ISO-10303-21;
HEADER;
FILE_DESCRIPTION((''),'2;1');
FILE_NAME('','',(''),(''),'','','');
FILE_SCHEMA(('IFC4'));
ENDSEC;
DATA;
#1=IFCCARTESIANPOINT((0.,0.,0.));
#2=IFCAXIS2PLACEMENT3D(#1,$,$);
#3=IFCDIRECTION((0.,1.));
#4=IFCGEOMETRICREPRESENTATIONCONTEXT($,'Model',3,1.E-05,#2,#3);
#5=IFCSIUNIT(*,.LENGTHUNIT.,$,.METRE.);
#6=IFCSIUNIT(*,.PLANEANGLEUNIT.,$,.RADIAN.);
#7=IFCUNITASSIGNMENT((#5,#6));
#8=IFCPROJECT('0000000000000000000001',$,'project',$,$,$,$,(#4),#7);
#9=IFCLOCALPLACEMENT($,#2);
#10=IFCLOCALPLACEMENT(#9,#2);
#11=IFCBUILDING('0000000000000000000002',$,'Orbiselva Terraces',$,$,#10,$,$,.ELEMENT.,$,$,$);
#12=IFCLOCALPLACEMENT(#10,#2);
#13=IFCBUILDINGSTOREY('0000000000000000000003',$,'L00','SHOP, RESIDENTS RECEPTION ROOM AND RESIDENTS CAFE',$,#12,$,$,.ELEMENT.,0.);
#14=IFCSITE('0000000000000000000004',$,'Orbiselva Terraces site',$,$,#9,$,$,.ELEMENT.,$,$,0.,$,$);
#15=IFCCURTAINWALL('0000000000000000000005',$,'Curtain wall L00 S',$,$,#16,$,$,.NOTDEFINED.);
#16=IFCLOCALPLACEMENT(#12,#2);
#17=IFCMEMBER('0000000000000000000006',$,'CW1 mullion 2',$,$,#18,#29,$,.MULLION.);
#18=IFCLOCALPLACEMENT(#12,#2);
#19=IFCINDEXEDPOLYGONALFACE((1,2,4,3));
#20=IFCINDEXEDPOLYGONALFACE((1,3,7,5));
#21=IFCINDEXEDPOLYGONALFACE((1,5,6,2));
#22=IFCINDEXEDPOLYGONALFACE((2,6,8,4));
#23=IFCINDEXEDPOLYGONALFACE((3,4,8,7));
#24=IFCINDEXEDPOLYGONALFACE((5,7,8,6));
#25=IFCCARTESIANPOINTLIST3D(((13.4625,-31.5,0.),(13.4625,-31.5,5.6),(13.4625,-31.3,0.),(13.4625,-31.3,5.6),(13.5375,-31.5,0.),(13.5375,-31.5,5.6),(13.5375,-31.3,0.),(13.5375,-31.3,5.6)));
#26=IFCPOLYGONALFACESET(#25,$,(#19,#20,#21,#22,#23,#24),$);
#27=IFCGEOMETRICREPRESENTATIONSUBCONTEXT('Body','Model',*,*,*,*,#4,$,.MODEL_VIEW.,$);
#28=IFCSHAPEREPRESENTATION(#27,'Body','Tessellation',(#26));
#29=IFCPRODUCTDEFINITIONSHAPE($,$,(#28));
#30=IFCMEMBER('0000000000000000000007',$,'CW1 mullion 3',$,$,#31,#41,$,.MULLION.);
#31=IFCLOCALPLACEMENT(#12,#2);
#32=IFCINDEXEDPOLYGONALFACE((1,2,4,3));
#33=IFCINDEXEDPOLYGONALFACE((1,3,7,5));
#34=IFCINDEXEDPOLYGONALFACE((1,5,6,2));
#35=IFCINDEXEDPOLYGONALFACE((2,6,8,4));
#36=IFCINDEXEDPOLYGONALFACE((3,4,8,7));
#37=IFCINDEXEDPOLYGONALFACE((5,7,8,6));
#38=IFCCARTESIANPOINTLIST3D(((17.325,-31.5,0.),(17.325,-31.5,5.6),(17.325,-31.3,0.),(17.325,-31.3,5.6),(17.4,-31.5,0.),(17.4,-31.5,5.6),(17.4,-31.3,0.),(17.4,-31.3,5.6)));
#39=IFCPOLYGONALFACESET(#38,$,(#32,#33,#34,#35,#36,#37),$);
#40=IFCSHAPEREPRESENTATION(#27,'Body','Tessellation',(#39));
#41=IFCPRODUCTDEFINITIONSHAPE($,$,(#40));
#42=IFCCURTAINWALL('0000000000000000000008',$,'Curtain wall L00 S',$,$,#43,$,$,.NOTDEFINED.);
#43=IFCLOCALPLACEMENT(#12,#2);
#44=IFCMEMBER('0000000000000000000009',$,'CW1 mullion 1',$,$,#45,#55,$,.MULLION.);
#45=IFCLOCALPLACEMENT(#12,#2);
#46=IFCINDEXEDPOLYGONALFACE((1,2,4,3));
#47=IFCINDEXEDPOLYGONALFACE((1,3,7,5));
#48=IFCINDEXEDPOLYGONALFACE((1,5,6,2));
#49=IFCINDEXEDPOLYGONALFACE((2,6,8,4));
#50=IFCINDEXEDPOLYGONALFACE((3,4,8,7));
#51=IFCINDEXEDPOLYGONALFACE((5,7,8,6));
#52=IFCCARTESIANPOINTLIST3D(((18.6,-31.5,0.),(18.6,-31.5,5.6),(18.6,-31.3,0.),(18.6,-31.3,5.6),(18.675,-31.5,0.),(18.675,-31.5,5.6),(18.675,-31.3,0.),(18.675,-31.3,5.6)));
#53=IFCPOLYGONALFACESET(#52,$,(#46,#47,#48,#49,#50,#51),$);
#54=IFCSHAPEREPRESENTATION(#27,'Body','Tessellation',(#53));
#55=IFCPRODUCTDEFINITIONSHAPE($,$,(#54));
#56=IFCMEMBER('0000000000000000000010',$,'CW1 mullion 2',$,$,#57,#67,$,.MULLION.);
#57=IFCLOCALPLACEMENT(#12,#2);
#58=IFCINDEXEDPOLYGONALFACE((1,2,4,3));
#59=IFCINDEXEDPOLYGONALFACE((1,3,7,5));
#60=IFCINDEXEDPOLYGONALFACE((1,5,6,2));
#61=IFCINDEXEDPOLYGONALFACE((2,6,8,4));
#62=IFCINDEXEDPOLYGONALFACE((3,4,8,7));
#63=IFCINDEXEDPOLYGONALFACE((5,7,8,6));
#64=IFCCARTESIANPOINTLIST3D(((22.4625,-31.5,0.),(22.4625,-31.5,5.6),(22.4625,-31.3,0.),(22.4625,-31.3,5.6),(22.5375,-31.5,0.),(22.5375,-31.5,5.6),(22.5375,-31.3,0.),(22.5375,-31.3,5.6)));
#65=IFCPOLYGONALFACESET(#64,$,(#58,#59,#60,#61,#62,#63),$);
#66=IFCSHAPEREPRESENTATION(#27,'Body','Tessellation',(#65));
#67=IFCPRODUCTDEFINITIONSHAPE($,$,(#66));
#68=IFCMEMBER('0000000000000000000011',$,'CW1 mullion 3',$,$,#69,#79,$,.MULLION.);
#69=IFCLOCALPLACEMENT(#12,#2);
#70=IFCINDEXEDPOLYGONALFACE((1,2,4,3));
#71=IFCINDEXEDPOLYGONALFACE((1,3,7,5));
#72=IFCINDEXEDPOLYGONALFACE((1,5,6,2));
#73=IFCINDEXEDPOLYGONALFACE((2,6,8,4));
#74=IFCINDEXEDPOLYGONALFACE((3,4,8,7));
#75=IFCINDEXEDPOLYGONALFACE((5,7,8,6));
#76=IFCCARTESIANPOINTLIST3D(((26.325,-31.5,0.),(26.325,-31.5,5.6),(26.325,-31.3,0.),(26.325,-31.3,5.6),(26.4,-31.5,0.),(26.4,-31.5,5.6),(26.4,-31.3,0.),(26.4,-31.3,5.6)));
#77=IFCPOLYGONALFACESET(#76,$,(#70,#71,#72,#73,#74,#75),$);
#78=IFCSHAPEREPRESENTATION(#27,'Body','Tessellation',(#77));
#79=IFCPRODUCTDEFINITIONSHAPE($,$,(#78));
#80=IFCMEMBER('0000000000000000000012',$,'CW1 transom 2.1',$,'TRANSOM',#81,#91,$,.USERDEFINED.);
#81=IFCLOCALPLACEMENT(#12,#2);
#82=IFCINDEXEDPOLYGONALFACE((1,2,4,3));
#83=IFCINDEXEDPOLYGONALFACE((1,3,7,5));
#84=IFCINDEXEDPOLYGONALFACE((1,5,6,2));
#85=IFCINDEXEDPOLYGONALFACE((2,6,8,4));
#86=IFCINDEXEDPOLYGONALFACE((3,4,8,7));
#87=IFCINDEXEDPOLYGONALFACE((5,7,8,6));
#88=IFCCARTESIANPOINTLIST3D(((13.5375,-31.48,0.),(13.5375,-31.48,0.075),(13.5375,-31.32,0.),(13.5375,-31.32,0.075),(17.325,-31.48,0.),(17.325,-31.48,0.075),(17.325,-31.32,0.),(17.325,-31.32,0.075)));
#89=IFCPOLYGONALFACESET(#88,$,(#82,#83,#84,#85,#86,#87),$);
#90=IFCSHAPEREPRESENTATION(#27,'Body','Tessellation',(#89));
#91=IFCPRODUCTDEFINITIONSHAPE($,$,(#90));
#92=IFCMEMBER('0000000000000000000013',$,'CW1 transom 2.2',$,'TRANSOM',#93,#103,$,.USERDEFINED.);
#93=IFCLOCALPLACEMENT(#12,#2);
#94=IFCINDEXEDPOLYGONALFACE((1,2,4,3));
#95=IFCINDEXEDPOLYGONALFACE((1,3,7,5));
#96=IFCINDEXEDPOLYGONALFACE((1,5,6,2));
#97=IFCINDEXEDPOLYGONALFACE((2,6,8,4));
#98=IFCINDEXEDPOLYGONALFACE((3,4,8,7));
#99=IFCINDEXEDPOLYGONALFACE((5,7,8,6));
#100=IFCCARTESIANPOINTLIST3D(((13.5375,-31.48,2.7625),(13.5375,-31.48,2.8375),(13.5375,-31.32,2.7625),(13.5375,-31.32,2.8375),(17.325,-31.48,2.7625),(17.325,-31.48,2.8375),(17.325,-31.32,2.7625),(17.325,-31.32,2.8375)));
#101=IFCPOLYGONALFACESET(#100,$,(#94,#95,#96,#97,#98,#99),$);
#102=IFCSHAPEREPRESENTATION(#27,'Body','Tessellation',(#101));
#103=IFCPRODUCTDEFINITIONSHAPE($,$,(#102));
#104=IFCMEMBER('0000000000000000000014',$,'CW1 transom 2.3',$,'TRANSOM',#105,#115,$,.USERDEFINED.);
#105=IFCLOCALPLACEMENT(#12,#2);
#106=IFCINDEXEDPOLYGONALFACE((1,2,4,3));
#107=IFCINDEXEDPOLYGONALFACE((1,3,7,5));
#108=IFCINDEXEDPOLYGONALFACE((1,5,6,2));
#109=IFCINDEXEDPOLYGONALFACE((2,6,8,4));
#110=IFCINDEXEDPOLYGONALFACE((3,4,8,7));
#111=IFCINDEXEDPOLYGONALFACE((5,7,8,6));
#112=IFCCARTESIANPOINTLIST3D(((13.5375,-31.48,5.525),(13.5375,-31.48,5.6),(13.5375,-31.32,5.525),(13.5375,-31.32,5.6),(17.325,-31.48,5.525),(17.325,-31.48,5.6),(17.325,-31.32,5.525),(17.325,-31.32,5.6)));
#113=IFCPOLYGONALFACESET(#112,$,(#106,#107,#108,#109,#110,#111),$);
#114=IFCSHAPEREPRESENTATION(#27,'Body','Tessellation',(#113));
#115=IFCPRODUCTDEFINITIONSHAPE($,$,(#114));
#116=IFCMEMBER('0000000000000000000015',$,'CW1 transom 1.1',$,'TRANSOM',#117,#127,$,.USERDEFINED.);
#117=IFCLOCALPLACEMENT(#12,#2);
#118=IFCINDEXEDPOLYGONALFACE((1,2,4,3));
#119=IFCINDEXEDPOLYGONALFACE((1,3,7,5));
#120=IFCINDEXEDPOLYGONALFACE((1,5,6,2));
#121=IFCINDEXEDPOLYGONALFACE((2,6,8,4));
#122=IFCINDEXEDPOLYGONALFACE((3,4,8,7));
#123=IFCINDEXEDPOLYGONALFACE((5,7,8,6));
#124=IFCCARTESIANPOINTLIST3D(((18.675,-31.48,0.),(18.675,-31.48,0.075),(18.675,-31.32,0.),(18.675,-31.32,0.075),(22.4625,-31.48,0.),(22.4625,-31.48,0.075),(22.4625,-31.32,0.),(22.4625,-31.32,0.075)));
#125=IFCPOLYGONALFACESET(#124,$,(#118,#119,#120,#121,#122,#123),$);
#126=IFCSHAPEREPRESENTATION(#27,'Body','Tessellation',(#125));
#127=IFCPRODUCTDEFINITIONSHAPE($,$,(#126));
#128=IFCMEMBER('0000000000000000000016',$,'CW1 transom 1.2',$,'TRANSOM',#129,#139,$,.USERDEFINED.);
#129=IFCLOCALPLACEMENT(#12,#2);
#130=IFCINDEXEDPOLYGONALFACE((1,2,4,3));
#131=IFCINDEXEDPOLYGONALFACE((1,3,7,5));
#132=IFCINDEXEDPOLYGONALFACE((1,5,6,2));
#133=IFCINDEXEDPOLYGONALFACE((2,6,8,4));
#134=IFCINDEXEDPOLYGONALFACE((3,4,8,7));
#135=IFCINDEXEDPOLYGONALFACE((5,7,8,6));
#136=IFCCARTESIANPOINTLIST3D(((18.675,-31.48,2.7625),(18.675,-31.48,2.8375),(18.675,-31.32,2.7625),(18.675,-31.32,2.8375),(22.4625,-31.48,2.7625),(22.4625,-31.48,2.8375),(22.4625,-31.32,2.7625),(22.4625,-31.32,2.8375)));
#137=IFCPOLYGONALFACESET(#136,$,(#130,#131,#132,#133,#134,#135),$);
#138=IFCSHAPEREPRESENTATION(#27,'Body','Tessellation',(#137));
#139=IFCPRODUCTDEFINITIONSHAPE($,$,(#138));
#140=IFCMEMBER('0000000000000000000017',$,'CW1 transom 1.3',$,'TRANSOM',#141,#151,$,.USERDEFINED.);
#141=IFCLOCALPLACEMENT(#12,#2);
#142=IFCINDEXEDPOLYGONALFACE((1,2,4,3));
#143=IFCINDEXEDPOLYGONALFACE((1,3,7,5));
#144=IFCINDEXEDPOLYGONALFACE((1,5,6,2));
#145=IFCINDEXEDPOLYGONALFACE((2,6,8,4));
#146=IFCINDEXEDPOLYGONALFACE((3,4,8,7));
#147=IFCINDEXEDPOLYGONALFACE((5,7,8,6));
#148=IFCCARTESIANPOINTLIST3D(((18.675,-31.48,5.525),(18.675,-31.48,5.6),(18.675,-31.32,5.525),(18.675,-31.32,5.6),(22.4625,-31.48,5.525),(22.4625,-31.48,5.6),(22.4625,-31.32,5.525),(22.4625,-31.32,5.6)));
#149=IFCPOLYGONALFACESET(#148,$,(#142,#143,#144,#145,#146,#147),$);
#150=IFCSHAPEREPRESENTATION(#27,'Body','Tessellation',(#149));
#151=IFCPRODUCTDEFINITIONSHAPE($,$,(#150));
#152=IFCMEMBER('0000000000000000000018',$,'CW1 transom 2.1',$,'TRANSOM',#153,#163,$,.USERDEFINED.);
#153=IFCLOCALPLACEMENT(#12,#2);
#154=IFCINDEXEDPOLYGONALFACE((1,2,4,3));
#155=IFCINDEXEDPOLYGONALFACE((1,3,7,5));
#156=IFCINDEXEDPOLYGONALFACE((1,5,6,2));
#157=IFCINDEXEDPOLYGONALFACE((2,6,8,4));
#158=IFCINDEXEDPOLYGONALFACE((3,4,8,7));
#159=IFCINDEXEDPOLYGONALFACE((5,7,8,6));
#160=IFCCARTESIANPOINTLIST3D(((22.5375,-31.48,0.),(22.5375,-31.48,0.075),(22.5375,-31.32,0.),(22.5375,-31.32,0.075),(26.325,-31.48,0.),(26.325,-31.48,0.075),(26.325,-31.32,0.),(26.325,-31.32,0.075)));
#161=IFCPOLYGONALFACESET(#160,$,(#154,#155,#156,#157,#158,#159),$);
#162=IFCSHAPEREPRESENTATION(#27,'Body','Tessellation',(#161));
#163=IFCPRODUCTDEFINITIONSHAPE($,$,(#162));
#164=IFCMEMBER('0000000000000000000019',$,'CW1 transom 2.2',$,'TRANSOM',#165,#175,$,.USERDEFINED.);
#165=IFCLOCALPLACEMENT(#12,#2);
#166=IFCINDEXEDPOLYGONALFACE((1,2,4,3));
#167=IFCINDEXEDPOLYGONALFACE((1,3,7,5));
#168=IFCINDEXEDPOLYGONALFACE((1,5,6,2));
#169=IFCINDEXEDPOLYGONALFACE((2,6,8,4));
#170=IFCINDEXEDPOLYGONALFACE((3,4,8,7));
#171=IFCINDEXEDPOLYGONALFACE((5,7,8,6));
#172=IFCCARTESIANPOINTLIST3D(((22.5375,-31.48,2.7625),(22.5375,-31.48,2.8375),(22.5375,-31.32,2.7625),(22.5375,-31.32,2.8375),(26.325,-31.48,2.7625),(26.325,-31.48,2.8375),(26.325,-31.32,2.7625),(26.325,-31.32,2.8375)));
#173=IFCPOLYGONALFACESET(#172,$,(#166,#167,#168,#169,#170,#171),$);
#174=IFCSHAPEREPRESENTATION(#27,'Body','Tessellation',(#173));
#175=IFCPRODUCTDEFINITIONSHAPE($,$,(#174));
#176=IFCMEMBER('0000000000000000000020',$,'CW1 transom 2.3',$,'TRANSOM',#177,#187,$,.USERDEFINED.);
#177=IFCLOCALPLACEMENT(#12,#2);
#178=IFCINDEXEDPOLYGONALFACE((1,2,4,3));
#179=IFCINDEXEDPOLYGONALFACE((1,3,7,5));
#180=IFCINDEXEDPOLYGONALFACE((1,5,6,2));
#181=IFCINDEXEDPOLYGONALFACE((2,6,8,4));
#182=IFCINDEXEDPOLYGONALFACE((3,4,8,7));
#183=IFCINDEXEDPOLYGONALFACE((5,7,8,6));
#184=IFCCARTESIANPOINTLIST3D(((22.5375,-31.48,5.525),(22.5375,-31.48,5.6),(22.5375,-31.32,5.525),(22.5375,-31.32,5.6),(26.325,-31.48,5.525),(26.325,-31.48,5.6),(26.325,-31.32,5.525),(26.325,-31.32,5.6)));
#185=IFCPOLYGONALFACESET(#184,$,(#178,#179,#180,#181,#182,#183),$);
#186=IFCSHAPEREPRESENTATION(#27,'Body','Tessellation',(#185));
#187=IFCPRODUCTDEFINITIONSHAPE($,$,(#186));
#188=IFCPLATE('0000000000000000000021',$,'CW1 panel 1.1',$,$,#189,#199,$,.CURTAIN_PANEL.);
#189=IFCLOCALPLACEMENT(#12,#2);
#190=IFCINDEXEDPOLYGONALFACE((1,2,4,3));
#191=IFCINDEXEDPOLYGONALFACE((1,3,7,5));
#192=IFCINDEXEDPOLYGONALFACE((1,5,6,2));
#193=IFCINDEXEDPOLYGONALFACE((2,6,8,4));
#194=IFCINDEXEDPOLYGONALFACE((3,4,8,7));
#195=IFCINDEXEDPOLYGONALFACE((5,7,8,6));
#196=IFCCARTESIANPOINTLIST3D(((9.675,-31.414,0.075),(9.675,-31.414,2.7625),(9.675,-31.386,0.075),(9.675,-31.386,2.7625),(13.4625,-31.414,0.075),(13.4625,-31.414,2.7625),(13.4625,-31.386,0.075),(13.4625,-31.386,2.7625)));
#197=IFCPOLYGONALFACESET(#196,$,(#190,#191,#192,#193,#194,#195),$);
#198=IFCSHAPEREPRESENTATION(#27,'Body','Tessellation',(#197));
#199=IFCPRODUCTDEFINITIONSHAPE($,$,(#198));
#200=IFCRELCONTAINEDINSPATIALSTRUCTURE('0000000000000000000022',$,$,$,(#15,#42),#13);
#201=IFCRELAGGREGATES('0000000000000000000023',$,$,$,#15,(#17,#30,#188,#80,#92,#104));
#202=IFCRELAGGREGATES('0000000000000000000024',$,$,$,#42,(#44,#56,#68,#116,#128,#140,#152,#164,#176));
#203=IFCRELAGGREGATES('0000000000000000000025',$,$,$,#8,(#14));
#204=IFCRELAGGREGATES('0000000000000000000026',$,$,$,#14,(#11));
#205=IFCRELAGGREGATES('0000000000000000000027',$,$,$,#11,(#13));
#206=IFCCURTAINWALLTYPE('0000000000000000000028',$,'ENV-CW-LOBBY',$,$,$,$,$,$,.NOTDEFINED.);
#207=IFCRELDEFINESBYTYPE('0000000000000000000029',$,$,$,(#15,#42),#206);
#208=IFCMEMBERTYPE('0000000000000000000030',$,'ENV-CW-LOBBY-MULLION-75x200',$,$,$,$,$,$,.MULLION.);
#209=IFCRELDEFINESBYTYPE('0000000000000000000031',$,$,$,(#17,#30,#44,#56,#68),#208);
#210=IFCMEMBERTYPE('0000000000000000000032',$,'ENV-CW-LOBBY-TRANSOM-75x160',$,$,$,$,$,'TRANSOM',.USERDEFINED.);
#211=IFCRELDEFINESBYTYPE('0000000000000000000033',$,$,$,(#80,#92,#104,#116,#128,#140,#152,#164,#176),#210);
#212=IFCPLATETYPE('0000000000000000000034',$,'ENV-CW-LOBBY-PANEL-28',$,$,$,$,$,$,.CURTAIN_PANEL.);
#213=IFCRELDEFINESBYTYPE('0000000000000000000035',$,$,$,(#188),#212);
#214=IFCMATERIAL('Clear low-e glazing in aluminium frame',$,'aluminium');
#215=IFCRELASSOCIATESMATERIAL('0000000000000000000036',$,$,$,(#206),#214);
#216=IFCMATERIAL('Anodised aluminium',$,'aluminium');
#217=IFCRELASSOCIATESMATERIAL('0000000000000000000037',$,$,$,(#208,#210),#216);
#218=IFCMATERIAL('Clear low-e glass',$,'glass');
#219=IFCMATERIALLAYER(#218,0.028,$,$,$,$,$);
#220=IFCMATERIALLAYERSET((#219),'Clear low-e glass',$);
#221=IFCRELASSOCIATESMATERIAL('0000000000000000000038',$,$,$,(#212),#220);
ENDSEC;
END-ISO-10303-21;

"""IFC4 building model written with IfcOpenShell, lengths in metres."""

from ifc_helpers import new_model, si_unit, direction, frame, origin, origin_2d, place, context, subcontext, project, spatial, rectangle, extrude, material, layer, layer_set, material_profile, profile_set, type_object, element, aggregate, save


model = new_model("IFC4")

# Units and contexts
model_context = context("Model", 3, precision=1e-05, world=origin(), true_north=direction((0.0, 1.0)))
body_context = subcontext(model_context, "Body", "Model", "MODEL_VIEW")
ifc_project = project(units=[si_unit("LENGTHUNIT", "METRE"), si_unit("PLANEANGLEUNIT", "RADIAN")], contexts=[model_context])

# Site, building, storey
site_placement = place(None, origin())
site = spatial("IfcSite", under=ifc_project, at=site_placement, Name="Orbiselva Terraces site", CompositionType="ELEMENT", RefElevation=0.0)
building_placement = place(site_placement, origin())
building = spatial("IfcBuilding", under=site, at=building_placement, Name="Orbiselva Terraces", CompositionType="ELEMENT")
storey_placement = place(building_placement, origin())
storey = spatial("IfcBuildingStorey", under=building, at=storey_placement, Name="L00", Description="SHOP, RESIDENTS RECEPTION ROOM AND RESIDENTS CAFE", CompositionType="ELEMENT", Elevation=0.0)

# Curtain walls, members
ifc_material_1 = material(Name="Clear low-e glazing in aluminium frame", Category="aluminium")
curtain_wall_type = type_object("IfcCurtainWallType", Name="ENV-CW-LOBBY", PredefinedType="NOTDEFINED", material=ifc_material_1)
curtain_wall_1_placement = place(storey_placement, origin())
curtain_wall_1 = element("IfcCurtainWall", 1, at=curtain_wall_1_placement, inside=storey, type_object=curtain_wall_type, Name="Curtain wall L00 S", PredefinedType="NOTDEFINED")
ifc_material_2 = material(Name="Anodised aluminium", Category="aluminium")
ifc_material_profile_1 = material_profile(ifc_material_2, rectangle(XDim=0.2, YDim=0.075, at=origin_2d()), Name="AL 75x200")
ifc_profile_set_1 = profile_set([ifc_material_profile_1], Name="Anodised aluminium")
member_type_1 = type_object("IfcMemberType", Name="ENV-CW-LOBBY-MULLION-75x200", PredefinedType="MULLION", material=ifc_profile_set_1)
member_1_placement = place(storey_placement, frame((13.5, -31.4, 0.0), z_axis=(0.0, 0.0, 1.0), x_axis=(0.0, 1.0, 0.0)))
member_1 = element("IfcMember", 2, at=member_1_placement, type_object=member_type_1, Name="CW1 mullion 2", PredefinedType="MULLION", context=body_context, shape_type="SweptSolid", body=[
    extrude(rectangle(XDim=0.2, YDim=0.075, at=origin_2d()), origin(), (0.0, 0.0, 1.0), 5.6),
])
member_2_placement = place(storey_placement, frame((17.3625, -31.4, 0.0), z_axis=(0.0, 0.0, 1.0), x_axis=(0.0, 1.0, 0.0)))
member_2 = element("IfcMember", 3, at=member_2_placement, type_object=member_type_1, Name="CW1 mullion 3", PredefinedType="MULLION", context=body_context, shape_type="SweptSolid", body=[
    extrude(rectangle(XDim=0.2, YDim=0.075, at=origin_2d()), origin(), (0.0, 0.0, 1.0), 5.6),
])
curtain_wall_2_placement = place(storey_placement, origin())
curtain_wall_2 = element("IfcCurtainWall", 4, at=curtain_wall_2_placement, inside=storey, type_object=curtain_wall_type, Name="Curtain wall L00 S", PredefinedType="NOTDEFINED")
member_3_placement = place(storey_placement, frame((18.6375, -31.4, 0.0), z_axis=(0.0, 0.0, 1.0), x_axis=(0.0, 1.0, 0.0)))
member_3 = element("IfcMember", 5, at=member_3_placement, type_object=member_type_1, Name="CW1 mullion 1", PredefinedType="MULLION", context=body_context, shape_type="SweptSolid", body=[
    extrude(rectangle(XDim=0.2, YDim=0.075, at=origin_2d()), origin(), (0.0, 0.0, 1.0), 5.6),
])
member_4_placement = place(storey_placement, frame((22.5, -31.4, 0.0), z_axis=(0.0, 0.0, 1.0), x_axis=(0.0, 1.0, 0.0)))
member_4 = element("IfcMember", 6, at=member_4_placement, type_object=member_type_1, Name="CW1 mullion 2", PredefinedType="MULLION", context=body_context, shape_type="SweptSolid", body=[
    extrude(rectangle(XDim=0.2, YDim=0.075, at=origin_2d()), origin(), (0.0, 0.0, 1.0), 5.6),
])
member_5_placement = place(storey_placement, frame((26.3625, -31.4, 0.0), z_axis=(0.0, 0.0, 1.0), x_axis=(0.0, 1.0, 0.0)))
member_5 = element("IfcMember", 7, at=member_5_placement, type_object=member_type_1, Name="CW1 mullion 3", PredefinedType="MULLION", context=body_context, shape_type="SweptSolid", body=[
    extrude(rectangle(XDim=0.2, YDim=0.075, at=origin_2d()), origin(), (0.0, 0.0, 1.0), 5.6),
])

# Members
ifc_material_profile_2 = material_profile(ifc_material_2, rectangle(XDim=0.16, YDim=0.075, at=origin_2d()), Name="AL 75x160")
ifc_profile_set_2 = profile_set([ifc_material_profile_2], Name="Anodised aluminium")
member_type_2 = type_object("IfcMemberType", Name="ENV-CW-LOBBY-TRANSOM-75x160", ElementType="TRANSOM", PredefinedType="USERDEFINED", material=ifc_profile_set_2)
member_6_placement = place(storey_placement, frame((13.5375, -31.4, 0.0375), z_axis=(1.0, 0.0, 0.0), x_axis=(0.0, 1.0, 0.0)))
member_6 = element("IfcMember", 8, at=member_6_placement, type_object=member_type_2, Name="CW1 transom 2.1", ObjectType="TRANSOM", PredefinedType="USERDEFINED", context=body_context, shape_type="SweptSolid", body=[
    extrude(rectangle(XDim=0.16, YDim=0.075, at=origin_2d()), origin(), (0.0, 0.0, 1.0), 3.7875),
])
member_7_placement = place(storey_placement, frame((13.5375, -31.4, 2.8), z_axis=(1.0, 0.0, 0.0), x_axis=(0.0, 1.0, 0.0)))
member_7 = element("IfcMember", 9, at=member_7_placement, type_object=member_type_2, Name="CW1 transom 2.2", ObjectType="TRANSOM", PredefinedType="USERDEFINED", context=body_context, shape_type="SweptSolid", body=[
    extrude(rectangle(XDim=0.16, YDim=0.075, at=origin_2d()), origin(), (0.0, 0.0, 1.0), 3.7875),
])
member_8_placement = place(storey_placement, frame((13.5375, -31.4, 5.5625), z_axis=(1.0, 0.0, 0.0), x_axis=(0.0, 1.0, 0.0)))
member_8 = element("IfcMember", 10, at=member_8_placement, type_object=member_type_2, Name="CW1 transom 2.3", ObjectType="TRANSOM", PredefinedType="USERDEFINED", context=body_context, shape_type="SweptSolid", body=[
    extrude(rectangle(XDim=0.16, YDim=0.075, at=origin_2d()), origin(), (0.0, 0.0, 1.0), 3.7875),
])
member_9_placement = place(storey_placement, frame((18.675, -31.4, 0.0375), z_axis=(1.0, 0.0, 0.0), x_axis=(0.0, 1.0, 0.0)))
member_9 = element("IfcMember", 11, at=member_9_placement, type_object=member_type_2, Name="CW1 transom 1.1", ObjectType="TRANSOM", PredefinedType="USERDEFINED", context=body_context, shape_type="SweptSolid", body=[
    extrude(rectangle(XDim=0.16, YDim=0.075, at=origin_2d()), origin(), (0.0, 0.0, 1.0), 3.7875),
])
member_10_placement = place(storey_placement, frame((18.675, -31.4, 2.8), z_axis=(1.0, 0.0, 0.0), x_axis=(0.0, 1.0, 0.0)))
member_10 = element("IfcMember", 12, at=member_10_placement, type_object=member_type_2, Name="CW1 transom 1.2", ObjectType="TRANSOM", PredefinedType="USERDEFINED", context=body_context, shape_type="SweptSolid", body=[
    extrude(rectangle(XDim=0.16, YDim=0.075, at=origin_2d()), origin(), (0.0, 0.0, 1.0), 3.7875),
])
member_11_placement = place(storey_placement, frame((18.675, -31.4, 5.5625), z_axis=(1.0, 0.0, 0.0), x_axis=(0.0, 1.0, 0.0)))
member_11 = element("IfcMember", 13, at=member_11_placement, type_object=member_type_2, Name="CW1 transom 1.3", ObjectType="TRANSOM", PredefinedType="USERDEFINED", context=body_context, shape_type="SweptSolid", body=[
    extrude(rectangle(XDim=0.16, YDim=0.075, at=origin_2d()), origin(), (0.0, 0.0, 1.0), 3.7875),
])
member_12_placement = place(storey_placement, frame((22.5375, -31.4, 0.0375), z_axis=(1.0, 0.0, 0.0), x_axis=(0.0, 1.0, 0.0)))
member_12 = element("IfcMember", 14, at=member_12_placement, type_object=member_type_2, Name="CW1 transom 2.1", ObjectType="TRANSOM", PredefinedType="USERDEFINED", context=body_context, shape_type="SweptSolid", body=[
    extrude(rectangle(XDim=0.16, YDim=0.075, at=origin_2d()), origin(), (0.0, 0.0, 1.0), 3.7875),
])
member_13_placement = place(storey_placement, frame((22.5375, -31.4, 2.8), z_axis=(1.0, 0.0, 0.0), x_axis=(0.0, 1.0, 0.0)))
member_13 = element("IfcMember", 15, at=member_13_placement, type_object=member_type_2, Name="CW1 transom 2.2", ObjectType="TRANSOM", PredefinedType="USERDEFINED", context=body_context, shape_type="SweptSolid", body=[
    extrude(rectangle(XDim=0.16, YDim=0.075, at=origin_2d()), origin(), (0.0, 0.0, 1.0), 3.7875),
])
member_14_placement = place(storey_placement, frame((22.5375, -31.4, 5.5625), z_axis=(1.0, 0.0, 0.0), x_axis=(0.0, 1.0, 0.0)))
member_14 = element("IfcMember", 16, at=member_14_placement, type_object=member_type_2, Name="CW1 transom 2.3", ObjectType="TRANSOM", PredefinedType="USERDEFINED", context=body_context, shape_type="SweptSolid", body=[
    extrude(rectangle(XDim=0.16, YDim=0.075, at=origin_2d()), origin(), (0.0, 0.0, 1.0), 3.7875),
])

# Plate
ifc_material_3 = material(Name="Clear low-e glass", Category="glass")
ifc_layer = layer(ifc_material_3, 0.028)
ifc_layer_set = layer_set([ifc_layer], Name="Clear low-e glass")
plate_type = type_object("IfcPlateType", Name="ENV-CW-LOBBY-PANEL-28", PredefinedType="CURTAIN_PANEL", material=ifc_layer_set)
plate_1_placement = place(storey_placement, frame((11.5687, -31.4, 0.075), z_axis=(0.0, 0.0, 1.0), x_axis=(1.0, 0.0, 0.0)))
plate_1 = element("IfcPlate", 17, at=plate_1_placement, type_object=plate_type, Name="CW1 panel 1.1", PredefinedType="CURTAIN_PANEL", context=body_context, shape_type="SweptSolid", body=[
    extrude(rectangle(XDim=3.7875, YDim=0.028, at=origin_2d()), origin(), (0.0, 0.0, 1.0), 2.6875),
])
aggregate(curtain_wall_1, [member_1, member_2, plate_1, member_6, member_7, member_8])
aggregate(curtain_wall_2, [member_3, member_4, member_5, member_9, member_10, member_11, member_12, member_13, member_14])

save(model, "model.ifc")
